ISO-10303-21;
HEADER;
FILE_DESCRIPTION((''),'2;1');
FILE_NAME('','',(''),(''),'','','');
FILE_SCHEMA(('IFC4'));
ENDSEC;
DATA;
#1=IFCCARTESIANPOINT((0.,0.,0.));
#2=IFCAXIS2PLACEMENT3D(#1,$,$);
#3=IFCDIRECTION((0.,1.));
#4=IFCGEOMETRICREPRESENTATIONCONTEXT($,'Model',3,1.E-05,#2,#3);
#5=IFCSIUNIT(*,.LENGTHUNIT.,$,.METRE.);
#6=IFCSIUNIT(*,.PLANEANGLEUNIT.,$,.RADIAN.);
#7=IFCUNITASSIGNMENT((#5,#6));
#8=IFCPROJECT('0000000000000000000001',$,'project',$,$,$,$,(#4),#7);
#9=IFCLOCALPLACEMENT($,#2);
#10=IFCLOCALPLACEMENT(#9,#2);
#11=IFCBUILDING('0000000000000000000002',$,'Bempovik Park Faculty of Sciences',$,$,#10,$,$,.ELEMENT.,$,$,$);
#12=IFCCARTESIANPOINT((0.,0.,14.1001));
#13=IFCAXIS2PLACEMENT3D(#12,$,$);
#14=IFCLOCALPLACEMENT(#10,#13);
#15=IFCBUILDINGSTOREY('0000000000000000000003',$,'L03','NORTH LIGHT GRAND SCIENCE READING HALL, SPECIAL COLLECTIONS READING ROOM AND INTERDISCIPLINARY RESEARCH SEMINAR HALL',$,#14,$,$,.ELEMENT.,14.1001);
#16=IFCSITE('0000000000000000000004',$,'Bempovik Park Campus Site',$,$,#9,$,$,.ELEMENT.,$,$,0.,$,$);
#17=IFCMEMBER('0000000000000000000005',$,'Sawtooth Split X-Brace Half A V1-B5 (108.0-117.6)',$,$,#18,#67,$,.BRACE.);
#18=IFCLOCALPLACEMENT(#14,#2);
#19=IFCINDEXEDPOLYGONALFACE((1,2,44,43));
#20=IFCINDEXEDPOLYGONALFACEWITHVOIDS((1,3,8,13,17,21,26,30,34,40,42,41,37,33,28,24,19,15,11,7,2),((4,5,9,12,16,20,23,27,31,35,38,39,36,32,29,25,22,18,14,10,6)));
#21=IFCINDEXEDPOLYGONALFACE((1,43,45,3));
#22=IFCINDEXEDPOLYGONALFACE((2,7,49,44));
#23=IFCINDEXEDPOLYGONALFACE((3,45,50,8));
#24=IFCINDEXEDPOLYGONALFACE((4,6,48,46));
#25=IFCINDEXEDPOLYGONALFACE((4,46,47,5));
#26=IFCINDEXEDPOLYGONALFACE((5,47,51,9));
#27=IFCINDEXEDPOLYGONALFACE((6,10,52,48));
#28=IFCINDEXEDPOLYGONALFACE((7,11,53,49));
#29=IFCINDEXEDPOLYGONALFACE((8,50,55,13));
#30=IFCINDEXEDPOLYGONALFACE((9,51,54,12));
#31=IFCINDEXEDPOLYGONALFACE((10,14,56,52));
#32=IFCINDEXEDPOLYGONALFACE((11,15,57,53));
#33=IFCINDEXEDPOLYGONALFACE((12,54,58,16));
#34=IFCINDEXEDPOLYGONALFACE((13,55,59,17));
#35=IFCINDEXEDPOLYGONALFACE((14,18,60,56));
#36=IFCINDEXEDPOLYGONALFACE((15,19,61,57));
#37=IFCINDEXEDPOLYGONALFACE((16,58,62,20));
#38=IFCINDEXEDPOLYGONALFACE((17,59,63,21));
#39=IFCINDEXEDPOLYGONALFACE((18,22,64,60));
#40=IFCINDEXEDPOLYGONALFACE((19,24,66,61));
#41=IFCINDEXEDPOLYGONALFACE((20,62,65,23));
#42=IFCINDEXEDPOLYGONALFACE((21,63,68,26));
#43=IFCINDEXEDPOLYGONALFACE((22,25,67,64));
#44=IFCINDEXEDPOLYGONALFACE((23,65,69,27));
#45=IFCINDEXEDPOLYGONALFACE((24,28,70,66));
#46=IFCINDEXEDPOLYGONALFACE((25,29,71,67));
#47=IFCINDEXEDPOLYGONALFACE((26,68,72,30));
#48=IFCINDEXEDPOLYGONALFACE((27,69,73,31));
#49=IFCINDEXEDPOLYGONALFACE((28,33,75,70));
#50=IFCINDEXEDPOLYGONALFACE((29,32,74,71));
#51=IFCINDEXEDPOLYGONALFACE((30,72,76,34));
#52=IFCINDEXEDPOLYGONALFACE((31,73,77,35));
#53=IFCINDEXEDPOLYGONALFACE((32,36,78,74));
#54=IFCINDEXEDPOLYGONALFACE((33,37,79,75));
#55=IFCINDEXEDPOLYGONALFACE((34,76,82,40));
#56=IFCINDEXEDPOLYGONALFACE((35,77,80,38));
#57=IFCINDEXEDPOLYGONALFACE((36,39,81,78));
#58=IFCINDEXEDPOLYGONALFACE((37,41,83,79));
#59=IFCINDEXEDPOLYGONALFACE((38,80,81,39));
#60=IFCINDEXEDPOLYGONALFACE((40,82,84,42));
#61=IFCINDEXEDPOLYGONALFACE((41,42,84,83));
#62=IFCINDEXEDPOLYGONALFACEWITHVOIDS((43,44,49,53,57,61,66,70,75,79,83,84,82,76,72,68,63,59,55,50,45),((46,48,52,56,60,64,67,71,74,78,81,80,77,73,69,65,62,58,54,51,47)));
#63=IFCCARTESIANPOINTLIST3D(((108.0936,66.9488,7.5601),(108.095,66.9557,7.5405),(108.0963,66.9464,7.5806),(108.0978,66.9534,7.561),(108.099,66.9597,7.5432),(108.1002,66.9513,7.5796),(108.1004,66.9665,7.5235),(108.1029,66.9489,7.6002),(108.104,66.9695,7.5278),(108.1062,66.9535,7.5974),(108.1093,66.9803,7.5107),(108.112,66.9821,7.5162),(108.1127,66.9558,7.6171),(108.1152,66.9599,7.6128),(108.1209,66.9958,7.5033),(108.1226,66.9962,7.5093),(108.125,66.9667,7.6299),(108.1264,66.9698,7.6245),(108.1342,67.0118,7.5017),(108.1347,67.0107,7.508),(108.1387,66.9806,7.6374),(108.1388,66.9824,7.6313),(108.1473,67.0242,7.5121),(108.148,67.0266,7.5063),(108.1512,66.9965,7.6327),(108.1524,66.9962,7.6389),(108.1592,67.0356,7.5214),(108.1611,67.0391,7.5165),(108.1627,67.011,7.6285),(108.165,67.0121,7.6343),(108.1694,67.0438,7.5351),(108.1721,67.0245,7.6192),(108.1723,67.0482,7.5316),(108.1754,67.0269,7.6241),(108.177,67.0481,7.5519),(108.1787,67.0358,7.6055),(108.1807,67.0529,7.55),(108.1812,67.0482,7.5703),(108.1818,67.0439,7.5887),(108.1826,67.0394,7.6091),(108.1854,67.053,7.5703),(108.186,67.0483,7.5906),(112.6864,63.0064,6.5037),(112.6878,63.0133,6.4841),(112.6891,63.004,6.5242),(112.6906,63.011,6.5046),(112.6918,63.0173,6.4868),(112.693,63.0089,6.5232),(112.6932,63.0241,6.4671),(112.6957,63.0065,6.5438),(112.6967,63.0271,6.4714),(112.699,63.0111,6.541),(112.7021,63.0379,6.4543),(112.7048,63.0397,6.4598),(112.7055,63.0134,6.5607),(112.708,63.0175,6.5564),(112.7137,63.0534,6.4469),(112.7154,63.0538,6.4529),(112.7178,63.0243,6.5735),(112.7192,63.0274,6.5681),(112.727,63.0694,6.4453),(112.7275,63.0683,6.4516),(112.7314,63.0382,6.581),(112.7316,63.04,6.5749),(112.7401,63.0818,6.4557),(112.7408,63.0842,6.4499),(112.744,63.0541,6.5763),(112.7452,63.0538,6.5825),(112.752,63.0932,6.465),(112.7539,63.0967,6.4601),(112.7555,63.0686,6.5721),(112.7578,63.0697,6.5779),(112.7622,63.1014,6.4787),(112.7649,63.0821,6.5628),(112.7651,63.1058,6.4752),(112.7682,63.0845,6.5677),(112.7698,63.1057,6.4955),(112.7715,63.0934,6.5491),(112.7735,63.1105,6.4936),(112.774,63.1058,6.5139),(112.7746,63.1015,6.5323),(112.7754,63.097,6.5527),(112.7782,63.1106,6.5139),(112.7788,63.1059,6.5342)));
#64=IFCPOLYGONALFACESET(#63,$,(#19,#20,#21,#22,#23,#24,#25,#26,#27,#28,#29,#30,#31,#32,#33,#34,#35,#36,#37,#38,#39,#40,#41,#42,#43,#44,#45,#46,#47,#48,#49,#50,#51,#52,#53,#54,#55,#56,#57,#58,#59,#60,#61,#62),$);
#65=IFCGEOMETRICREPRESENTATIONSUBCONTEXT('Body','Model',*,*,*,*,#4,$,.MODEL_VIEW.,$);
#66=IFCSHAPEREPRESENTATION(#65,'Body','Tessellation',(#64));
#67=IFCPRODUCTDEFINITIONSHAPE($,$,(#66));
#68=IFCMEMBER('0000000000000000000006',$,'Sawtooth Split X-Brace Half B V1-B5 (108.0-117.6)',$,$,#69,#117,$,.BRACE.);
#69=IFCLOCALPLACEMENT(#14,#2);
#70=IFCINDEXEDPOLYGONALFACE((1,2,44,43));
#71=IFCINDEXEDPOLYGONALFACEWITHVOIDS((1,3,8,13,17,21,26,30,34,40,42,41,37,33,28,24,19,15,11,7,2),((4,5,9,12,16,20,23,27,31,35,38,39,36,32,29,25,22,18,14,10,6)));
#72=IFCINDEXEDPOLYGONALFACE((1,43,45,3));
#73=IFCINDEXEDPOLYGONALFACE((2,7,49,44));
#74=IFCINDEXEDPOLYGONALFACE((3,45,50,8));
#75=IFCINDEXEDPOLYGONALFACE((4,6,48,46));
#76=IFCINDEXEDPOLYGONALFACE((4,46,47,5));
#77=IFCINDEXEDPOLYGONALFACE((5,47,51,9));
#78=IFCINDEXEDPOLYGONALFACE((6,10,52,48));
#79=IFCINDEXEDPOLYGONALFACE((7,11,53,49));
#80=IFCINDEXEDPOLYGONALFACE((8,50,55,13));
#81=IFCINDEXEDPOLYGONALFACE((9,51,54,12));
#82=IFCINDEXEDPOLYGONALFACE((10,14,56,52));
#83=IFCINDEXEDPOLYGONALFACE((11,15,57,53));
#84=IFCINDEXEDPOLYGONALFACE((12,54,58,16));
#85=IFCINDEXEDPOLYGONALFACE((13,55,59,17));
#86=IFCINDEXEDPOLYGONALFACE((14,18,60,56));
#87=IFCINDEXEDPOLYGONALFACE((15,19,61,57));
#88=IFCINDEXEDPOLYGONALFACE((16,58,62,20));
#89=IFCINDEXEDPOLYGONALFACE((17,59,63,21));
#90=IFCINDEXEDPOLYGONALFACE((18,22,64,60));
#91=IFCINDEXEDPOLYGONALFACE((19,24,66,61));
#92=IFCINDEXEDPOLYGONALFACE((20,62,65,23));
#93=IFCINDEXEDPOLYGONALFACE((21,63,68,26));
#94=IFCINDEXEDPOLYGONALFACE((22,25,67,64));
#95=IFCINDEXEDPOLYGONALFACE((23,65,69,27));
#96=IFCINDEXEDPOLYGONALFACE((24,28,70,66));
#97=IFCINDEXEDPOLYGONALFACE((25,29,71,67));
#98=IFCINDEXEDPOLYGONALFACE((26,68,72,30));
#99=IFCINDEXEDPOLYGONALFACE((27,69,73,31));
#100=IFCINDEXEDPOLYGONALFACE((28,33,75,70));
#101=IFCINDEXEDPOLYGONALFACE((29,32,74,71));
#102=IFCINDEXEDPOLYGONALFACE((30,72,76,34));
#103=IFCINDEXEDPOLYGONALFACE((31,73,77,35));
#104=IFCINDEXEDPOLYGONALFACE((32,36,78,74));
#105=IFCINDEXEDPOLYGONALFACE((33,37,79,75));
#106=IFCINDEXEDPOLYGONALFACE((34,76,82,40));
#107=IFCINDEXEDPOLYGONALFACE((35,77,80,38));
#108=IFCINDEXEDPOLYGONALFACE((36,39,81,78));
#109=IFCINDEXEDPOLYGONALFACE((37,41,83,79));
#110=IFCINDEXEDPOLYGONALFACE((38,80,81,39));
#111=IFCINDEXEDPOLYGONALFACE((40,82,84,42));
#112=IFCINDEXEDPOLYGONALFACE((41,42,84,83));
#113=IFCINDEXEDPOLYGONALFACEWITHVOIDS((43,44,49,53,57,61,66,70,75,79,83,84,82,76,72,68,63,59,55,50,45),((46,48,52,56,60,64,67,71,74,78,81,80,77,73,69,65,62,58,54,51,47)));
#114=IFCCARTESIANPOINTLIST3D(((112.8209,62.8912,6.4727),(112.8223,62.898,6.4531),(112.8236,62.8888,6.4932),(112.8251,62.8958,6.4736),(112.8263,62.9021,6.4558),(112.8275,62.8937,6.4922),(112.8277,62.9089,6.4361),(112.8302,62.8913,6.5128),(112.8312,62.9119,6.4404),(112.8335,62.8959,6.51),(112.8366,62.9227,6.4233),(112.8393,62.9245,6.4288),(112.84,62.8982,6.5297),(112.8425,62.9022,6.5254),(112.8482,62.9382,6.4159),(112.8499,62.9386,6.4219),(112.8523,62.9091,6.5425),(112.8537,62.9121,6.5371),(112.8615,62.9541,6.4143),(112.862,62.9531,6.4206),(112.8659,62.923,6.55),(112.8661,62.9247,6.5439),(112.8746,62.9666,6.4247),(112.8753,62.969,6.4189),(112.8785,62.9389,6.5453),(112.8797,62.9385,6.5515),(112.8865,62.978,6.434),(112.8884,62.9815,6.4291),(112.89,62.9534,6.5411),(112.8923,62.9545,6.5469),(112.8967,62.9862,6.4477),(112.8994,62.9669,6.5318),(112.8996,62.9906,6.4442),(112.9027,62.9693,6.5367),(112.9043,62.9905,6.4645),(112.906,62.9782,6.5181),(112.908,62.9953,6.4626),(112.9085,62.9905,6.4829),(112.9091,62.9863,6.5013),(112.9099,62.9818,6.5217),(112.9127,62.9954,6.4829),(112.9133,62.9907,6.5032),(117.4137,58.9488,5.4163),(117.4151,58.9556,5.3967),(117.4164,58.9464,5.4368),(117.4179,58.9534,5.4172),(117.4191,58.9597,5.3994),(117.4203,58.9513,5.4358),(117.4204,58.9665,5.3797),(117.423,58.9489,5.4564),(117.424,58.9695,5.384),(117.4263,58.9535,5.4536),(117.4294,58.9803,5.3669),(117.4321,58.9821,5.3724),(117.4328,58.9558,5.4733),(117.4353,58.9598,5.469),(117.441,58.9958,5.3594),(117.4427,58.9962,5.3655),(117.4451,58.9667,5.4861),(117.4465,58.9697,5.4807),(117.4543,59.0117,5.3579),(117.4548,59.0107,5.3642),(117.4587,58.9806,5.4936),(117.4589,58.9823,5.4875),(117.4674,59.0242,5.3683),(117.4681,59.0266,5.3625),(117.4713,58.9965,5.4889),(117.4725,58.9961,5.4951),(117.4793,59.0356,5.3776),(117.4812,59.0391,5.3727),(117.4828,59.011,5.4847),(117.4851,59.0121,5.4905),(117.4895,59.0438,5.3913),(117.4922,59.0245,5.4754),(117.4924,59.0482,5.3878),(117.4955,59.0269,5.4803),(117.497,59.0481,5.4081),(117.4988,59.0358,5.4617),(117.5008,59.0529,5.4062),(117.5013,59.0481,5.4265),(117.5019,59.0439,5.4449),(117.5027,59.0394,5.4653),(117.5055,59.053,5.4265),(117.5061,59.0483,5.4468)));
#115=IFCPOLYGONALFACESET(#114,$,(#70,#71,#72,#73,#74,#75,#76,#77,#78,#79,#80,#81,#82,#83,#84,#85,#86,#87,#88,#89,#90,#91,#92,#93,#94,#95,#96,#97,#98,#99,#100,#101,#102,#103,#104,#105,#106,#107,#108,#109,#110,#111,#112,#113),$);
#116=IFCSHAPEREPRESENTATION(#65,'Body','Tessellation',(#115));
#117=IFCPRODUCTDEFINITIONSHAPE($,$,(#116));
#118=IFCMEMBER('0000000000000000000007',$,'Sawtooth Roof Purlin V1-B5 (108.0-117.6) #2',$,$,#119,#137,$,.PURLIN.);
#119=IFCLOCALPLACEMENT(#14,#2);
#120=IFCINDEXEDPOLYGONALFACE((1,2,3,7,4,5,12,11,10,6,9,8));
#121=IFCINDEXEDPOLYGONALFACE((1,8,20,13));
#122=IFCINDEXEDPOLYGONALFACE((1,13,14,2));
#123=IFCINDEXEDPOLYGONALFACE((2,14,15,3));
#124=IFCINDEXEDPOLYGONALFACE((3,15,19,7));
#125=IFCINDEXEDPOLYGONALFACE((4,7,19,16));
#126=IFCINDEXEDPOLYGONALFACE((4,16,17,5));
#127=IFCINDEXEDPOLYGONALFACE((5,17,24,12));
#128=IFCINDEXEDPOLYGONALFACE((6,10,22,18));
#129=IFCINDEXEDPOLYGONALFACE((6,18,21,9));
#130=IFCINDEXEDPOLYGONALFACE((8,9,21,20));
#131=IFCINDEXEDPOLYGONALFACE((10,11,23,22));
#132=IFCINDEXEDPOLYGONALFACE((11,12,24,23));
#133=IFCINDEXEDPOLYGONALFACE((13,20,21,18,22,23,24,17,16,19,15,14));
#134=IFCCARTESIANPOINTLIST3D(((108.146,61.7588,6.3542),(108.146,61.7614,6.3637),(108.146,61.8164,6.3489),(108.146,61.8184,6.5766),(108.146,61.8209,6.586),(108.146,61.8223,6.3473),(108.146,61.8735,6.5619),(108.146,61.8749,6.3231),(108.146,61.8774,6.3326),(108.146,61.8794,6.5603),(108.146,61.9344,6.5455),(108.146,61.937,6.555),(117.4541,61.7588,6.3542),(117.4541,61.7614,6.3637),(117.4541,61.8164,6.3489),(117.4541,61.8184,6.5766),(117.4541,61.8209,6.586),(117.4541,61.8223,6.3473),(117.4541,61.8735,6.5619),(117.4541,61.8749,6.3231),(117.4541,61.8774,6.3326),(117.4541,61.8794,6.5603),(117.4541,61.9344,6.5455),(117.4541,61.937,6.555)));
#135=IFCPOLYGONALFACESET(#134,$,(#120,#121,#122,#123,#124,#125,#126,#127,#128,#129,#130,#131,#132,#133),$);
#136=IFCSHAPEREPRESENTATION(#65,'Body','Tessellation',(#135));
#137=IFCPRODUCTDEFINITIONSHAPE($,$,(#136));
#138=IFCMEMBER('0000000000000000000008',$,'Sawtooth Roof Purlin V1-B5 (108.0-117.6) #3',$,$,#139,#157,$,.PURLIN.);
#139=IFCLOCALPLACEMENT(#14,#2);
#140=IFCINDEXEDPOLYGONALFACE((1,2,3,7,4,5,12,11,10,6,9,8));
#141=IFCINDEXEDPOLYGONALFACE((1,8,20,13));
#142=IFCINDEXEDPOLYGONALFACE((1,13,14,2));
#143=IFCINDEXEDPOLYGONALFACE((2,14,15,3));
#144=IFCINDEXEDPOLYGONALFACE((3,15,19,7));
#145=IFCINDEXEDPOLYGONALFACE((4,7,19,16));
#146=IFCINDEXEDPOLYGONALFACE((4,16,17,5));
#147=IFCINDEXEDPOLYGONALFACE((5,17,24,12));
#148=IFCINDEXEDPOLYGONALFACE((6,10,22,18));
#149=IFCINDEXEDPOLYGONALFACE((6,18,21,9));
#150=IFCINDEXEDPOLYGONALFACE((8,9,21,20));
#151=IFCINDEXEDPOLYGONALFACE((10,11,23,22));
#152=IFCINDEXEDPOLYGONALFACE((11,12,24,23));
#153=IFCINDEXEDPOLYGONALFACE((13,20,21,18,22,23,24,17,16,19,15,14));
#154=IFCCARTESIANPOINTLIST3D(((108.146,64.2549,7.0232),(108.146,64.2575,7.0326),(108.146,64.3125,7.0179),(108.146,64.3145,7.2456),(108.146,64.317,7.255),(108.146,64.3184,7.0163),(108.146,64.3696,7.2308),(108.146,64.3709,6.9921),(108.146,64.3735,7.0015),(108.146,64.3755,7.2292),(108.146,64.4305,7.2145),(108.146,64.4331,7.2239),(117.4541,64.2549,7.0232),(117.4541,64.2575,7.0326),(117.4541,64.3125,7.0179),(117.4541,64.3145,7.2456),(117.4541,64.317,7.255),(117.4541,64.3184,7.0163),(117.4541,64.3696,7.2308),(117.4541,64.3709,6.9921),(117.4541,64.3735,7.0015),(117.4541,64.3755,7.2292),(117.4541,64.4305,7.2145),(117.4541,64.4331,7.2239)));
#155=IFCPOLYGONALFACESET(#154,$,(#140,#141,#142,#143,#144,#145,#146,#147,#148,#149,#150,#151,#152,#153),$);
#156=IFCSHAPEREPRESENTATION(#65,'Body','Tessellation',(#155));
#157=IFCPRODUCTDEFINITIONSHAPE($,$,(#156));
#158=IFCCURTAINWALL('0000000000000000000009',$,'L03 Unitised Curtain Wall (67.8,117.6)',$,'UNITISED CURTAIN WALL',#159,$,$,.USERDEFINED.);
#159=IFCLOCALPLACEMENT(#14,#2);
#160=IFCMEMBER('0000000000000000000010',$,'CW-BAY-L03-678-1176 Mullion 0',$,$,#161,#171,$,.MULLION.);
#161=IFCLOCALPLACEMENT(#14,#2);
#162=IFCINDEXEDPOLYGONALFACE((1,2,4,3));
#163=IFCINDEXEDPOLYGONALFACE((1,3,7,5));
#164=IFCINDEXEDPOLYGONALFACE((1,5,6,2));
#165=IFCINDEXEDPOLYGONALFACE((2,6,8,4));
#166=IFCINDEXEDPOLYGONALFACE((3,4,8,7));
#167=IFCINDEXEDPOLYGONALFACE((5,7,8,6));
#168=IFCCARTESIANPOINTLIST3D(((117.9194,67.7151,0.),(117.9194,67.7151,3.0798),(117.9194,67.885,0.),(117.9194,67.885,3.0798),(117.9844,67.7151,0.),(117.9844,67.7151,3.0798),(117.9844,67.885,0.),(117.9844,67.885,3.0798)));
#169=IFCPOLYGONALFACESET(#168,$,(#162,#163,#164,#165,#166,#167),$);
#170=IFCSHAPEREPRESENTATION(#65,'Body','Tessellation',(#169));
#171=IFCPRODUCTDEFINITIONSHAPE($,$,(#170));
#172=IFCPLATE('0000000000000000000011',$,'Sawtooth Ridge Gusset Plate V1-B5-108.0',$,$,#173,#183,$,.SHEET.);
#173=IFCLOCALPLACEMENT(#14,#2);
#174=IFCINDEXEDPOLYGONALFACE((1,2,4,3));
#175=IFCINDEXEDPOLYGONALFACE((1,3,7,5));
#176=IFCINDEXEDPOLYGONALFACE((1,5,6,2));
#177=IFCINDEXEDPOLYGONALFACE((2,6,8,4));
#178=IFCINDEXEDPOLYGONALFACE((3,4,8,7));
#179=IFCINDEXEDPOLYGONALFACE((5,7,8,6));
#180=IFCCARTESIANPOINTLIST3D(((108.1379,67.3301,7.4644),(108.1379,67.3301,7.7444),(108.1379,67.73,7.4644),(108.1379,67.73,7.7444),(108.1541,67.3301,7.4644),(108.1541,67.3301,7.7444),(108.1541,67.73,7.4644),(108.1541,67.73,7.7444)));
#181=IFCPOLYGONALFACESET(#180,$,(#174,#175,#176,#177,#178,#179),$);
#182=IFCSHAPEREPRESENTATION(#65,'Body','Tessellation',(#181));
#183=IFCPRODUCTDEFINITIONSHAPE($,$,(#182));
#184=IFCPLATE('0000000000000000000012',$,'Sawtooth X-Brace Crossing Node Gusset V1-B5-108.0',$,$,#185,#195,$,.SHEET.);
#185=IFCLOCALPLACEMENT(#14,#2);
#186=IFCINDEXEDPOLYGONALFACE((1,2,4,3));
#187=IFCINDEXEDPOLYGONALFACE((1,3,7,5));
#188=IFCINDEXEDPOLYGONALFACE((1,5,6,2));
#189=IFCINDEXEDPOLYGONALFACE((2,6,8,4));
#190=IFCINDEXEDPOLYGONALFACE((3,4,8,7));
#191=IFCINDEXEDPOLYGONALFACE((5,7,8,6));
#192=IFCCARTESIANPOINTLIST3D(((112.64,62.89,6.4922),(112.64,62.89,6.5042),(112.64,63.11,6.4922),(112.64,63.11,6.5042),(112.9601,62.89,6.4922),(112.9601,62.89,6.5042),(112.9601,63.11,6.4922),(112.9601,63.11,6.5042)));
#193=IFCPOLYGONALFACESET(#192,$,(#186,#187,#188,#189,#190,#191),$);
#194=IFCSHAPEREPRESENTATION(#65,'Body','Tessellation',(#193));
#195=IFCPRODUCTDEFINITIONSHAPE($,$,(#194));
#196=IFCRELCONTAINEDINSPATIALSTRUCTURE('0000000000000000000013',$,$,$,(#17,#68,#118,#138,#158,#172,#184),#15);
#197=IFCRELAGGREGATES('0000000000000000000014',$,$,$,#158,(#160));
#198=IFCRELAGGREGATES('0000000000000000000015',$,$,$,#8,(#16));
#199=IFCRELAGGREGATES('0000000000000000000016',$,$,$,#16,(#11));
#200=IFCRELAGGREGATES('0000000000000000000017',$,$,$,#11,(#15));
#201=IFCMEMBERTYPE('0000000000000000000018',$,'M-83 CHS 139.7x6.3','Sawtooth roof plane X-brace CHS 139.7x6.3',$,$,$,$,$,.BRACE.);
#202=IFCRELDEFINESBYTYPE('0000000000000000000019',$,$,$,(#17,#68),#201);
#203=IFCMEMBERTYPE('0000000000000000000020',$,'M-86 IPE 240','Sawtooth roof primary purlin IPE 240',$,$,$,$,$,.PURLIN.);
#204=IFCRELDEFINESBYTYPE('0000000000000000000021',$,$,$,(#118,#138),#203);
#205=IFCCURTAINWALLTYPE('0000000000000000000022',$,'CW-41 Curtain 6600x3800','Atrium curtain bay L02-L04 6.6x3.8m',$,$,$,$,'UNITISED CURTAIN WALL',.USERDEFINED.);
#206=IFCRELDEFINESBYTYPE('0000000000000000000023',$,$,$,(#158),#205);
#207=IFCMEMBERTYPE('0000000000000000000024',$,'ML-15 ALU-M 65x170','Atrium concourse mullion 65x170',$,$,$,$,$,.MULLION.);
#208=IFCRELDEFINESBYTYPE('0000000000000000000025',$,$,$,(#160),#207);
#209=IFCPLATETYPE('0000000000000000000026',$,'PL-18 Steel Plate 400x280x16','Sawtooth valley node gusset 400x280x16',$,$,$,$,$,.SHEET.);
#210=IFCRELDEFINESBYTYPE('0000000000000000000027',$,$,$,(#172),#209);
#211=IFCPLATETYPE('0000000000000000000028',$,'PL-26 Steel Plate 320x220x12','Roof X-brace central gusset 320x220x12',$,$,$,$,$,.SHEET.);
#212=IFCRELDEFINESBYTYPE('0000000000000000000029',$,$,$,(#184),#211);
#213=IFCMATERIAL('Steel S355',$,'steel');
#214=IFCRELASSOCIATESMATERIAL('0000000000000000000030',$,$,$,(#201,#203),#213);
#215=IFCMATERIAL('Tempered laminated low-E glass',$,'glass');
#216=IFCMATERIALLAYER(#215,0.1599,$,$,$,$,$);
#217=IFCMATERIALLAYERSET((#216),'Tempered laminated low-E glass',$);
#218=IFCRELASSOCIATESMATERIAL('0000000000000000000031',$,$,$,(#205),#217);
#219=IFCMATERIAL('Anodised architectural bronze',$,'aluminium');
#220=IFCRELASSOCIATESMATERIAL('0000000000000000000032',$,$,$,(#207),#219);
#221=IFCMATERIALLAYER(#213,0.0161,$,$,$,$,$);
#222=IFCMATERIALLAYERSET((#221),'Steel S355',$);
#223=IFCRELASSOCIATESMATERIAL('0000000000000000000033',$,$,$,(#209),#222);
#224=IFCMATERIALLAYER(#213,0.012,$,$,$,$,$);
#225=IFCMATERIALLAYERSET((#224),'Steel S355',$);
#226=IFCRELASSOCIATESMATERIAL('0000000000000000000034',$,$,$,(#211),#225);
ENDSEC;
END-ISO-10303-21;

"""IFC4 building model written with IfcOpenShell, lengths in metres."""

from ifc_helpers import new_model, si_unit, direction, frame, origin, origin_2d, place, context, subcontext, project, spatial, rectangle, hollow_circle, i_section, extrude, material, layer, layer_set, material_profile, profile_set, type_object, element, aggregate, save


model = new_model("IFC4")

# Units and contexts
model_context = context("Model", 3, precision=1e-05, world=origin(), true_north=direction((0.0, 1.0)))
body_context = subcontext(model_context, "Body", "Model", "MODEL_VIEW")
ifc_project = project(units=[si_unit("LENGTHUNIT", "METRE"), si_unit("PLANEANGLEUNIT", "RADIAN")], contexts=[model_context])

# Site, building, storey
site_placement = place(None, origin())
site = spatial("IfcSite", under=ifc_project, at=site_placement, Name="Bempovik Park Campus Site", CompositionType="ELEMENT", RefElevation=0.0)
building_placement = place(site_placement, origin())
building = spatial("IfcBuilding", under=site, at=building_placement, Name="Bempovik Park Faculty of Sciences", CompositionType="ELEMENT")
storey_placement = place(building_placement, frame((0.0, 0.0, 14.1001)))
storey = spatial("IfcBuildingStorey", under=building, at=storey_placement, Name="L03", Description="NORTH LIGHT GRAND SCIENCE READING HALL, SPECIAL COLLECTIONS READING ROOM AND INTERDISCIPLINARY RESEARCH SEMINAR HALL", CompositionType="ELEMENT", Elevation=14.1001)

# Shared definitions
ifc_material_1 = material(Name="Steel S355", Category="steel")

# Members
ifc_material_profile_1 = material_profile(ifc_material_1, hollow_circle(Radius=0.0698, WallThickness=0.0063, at=origin_2d()), Name="CHS 139.7x6.3")
ifc_profile_set_1 = profile_set([ifc_material_profile_1], Name="Steel S355")
member_type_1 = type_object("IfcMemberType", Name="M-83 CHS 139.7x6.3", Description="Sawtooth roof plane X-brace CHS 139.7x6.3", PredefinedType="BRACE", material=ifc_profile_set_1)
for number, where, z_axis, x_axis, name in (
    (1, (108.1399, 67.0, 7.5703), (0.74749, -0.641637, -0.171932), (0.651336, 0.758789, 0.0), "Sawtooth Split X-Brace Half A V1-B5 (108.0-117.6)"),
    (2, (112.8672, 62.9424, 6.4829), (0.74749, -0.641637, -0.171932), (0.651336, 0.758789, 0.0), "Sawtooth Split X-Brace Half B V1-B5 (108.0-117.6)"),
):
    element("IfcMember", number, at=place(storey_placement, frame(where, z_axis=z_axis, x_axis=x_axis)), inside=storey, type_object=member_type_1, Name=name, PredefinedType="BRACE", context=body_context, shape_type="SweptSolid", body=[
        extrude(hollow_circle(Radius=0.0698, WallThickness=0.0063, at=origin_2d()), origin(), (0.0, 0.0, 1.0), 6.1443),
    ])
ifc_material_profile_2 = material_profile(ifc_material_1, i_section(OverallWidth=0.1201, OverallDepth=0.24, WebThickness=0.0061, FlangeThickness=0.0098, at=origin_2d()), Name="IPE 240")
ifc_profile_set_2 = profile_set([ifc_material_profile_2], Name="Steel S355")
member_type_2 = type_object("IfcMemberType", Name="M-86 IPE 240", Description="Sawtooth roof primary purlin IPE 240", PredefinedType="PURLIN", material=ifc_profile_set_2)
for number, where, z_axis, x_axis, name in (
    (3, (108.146, 61.8479, 6.4546), (1.0, 0.0, 0.0), (0.0, 0.965926, -0.258819), "Sawtooth Roof Purlin V1-B5 (108.0-117.6) #2"),
    (4, (108.146, 64.344, 7.1235), (1.0, 0.0, 0.0), (0.0, 0.965926, -0.258819), "Sawtooth Roof Purlin V1-B5 (108.0-117.6) #3"),
):
    element("IfcMember", number, at=place(storey_placement, frame(where, z_axis=z_axis, x_axis=x_axis)), inside=storey, type_object=member_type_2, Name=name, PredefinedType="PURLIN", context=body_context, shape_type="SweptSolid", body=[
        extrude(i_section(OverallWidth=0.1201, OverallDepth=0.24, WebThickness=0.0061, FlangeThickness=0.0098, at=origin_2d()), origin(), (0.0, 0.0, 1.0), 9.3081),
    ])

# Curtain wall, member
ifc_material_2 = material(Name="Tempered laminated low-E glass", Category="glass")
ifc_layer_1 = layer(ifc_material_2, 0.1599)
ifc_layer_set_1 = layer_set([ifc_layer_1], Name="Tempered laminated low-E glass")
curtain_wall_type = type_object("IfcCurtainWallType", Name="CW-41 Curtain 6600x3800", Description="Atrium curtain bay L02-L04 6.6x3.8m", ElementType="UNITISED CURTAIN WALL", PredefinedType="USERDEFINED", material=ifc_layer_set_1)
curtain_wall_placement = place(storey_placement, origin())
curtain_wall = element("IfcCurtainWall", 5, at=curtain_wall_placement, inside=storey, type_object=curtain_wall_type, Name="L03 Unitised Curtain Wall (67.8,117.6)", ObjectType="UNITISED CURTAIN WALL", PredefinedType="USERDEFINED")
ifc_material_3 = material(Name="Anodised architectural bronze", Category="aluminium")
ifc_material_profile_3 = material_profile(ifc_material_3, rectangle(XDim=0.0649, YDim=0.1699, at=origin_2d()), Name="ALU-M 65x170")
ifc_profile_set_3 = profile_set([ifc_material_profile_3], Name="Anodised architectural bronze")
member_type_3 = type_object("IfcMemberType", Name="ML-15 ALU-M 65x170", Description="Atrium concourse mullion 65x170", PredefinedType="MULLION", material=ifc_profile_set_3)
member_1_placement = place(storey_placement, frame((117.9519, 67.8, 0.0), z_axis=(0.0, 0.0, 1.0), x_axis=(1.0, 0.0, 0.0)))
member_1 = element("IfcMember", 6, at=member_1_placement, type_object=member_type_3, Name="CW-BAY-L03-678-1176 Mullion 0", PredefinedType="MULLION", context=body_context, shape_type="SweptSolid", body=[
    extrude(rectangle(XDim=0.0649, YDim=0.1699, at=origin_2d()), origin(), (0.0, 0.0, 1.0), 3.0798),
])
aggregate(curtain_wall, [member_1])

# Plates
ifc_layer_2 = layer(ifc_material_1, 0.0161)
ifc_layer_set_2 = layer_set([ifc_layer_2], Name="Steel S355")
plate_type_1 = type_object("IfcPlateType", Name="PL-18 Steel Plate 400x280x16", Description="Sawtooth valley node gusset 400x280x16", PredefinedType="SHEET", material=ifc_layer_set_2)
plate_1_placement = place(storey_placement, frame((108.146, 67.53, 7.4644), z_axis=(0.0, 0.0, 1.0), x_axis=(1.0, 0.0, 0.0)))
element("IfcPlate", 7, at=plate_1_placement, inside=storey, type_object=plate_type_1, Name="Sawtooth Ridge Gusset Plate V1-B5-108.0", PredefinedType="SHEET", context=body_context, shape_type="SweptSolid", body=[
    extrude(rectangle(XDim=0.0161, YDim=0.3999, at=origin_2d()), origin(), (0.0, 0.0, 1.0), 0.28),
])
ifc_layer_3 = layer(ifc_material_1, 0.012)
ifc_layer_set_3 = layer_set([ifc_layer_3], Name="Steel S355")
plate_type_2 = type_object("IfcPlateType", Name="PL-26 Steel Plate 320x220x12", Description="Roof X-brace central gusset 320x220x12", PredefinedType="SHEET", material=ifc_layer_set_3)
plate_2_placement = place(storey_placement, frame((112.8, 63.0, 6.4922), z_axis=(0.0, 0.0, 1.0), x_axis=(1.0, 0.0, 0.0)))
element("IfcPlate", 8, at=plate_2_placement, inside=storey, type_object=plate_type_2, Name="Sawtooth X-Brace Crossing Node Gusset V1-B5-108.0", PredefinedType="SHEET", context=body_context, shape_type="SweptSolid", body=[
    extrude(rectangle(XDim=0.3201, YDim=0.22, at=origin_2d()), origin(), (0.0, 0.0, 1.0), 0.012),
])

save(model, "model.ifc")
